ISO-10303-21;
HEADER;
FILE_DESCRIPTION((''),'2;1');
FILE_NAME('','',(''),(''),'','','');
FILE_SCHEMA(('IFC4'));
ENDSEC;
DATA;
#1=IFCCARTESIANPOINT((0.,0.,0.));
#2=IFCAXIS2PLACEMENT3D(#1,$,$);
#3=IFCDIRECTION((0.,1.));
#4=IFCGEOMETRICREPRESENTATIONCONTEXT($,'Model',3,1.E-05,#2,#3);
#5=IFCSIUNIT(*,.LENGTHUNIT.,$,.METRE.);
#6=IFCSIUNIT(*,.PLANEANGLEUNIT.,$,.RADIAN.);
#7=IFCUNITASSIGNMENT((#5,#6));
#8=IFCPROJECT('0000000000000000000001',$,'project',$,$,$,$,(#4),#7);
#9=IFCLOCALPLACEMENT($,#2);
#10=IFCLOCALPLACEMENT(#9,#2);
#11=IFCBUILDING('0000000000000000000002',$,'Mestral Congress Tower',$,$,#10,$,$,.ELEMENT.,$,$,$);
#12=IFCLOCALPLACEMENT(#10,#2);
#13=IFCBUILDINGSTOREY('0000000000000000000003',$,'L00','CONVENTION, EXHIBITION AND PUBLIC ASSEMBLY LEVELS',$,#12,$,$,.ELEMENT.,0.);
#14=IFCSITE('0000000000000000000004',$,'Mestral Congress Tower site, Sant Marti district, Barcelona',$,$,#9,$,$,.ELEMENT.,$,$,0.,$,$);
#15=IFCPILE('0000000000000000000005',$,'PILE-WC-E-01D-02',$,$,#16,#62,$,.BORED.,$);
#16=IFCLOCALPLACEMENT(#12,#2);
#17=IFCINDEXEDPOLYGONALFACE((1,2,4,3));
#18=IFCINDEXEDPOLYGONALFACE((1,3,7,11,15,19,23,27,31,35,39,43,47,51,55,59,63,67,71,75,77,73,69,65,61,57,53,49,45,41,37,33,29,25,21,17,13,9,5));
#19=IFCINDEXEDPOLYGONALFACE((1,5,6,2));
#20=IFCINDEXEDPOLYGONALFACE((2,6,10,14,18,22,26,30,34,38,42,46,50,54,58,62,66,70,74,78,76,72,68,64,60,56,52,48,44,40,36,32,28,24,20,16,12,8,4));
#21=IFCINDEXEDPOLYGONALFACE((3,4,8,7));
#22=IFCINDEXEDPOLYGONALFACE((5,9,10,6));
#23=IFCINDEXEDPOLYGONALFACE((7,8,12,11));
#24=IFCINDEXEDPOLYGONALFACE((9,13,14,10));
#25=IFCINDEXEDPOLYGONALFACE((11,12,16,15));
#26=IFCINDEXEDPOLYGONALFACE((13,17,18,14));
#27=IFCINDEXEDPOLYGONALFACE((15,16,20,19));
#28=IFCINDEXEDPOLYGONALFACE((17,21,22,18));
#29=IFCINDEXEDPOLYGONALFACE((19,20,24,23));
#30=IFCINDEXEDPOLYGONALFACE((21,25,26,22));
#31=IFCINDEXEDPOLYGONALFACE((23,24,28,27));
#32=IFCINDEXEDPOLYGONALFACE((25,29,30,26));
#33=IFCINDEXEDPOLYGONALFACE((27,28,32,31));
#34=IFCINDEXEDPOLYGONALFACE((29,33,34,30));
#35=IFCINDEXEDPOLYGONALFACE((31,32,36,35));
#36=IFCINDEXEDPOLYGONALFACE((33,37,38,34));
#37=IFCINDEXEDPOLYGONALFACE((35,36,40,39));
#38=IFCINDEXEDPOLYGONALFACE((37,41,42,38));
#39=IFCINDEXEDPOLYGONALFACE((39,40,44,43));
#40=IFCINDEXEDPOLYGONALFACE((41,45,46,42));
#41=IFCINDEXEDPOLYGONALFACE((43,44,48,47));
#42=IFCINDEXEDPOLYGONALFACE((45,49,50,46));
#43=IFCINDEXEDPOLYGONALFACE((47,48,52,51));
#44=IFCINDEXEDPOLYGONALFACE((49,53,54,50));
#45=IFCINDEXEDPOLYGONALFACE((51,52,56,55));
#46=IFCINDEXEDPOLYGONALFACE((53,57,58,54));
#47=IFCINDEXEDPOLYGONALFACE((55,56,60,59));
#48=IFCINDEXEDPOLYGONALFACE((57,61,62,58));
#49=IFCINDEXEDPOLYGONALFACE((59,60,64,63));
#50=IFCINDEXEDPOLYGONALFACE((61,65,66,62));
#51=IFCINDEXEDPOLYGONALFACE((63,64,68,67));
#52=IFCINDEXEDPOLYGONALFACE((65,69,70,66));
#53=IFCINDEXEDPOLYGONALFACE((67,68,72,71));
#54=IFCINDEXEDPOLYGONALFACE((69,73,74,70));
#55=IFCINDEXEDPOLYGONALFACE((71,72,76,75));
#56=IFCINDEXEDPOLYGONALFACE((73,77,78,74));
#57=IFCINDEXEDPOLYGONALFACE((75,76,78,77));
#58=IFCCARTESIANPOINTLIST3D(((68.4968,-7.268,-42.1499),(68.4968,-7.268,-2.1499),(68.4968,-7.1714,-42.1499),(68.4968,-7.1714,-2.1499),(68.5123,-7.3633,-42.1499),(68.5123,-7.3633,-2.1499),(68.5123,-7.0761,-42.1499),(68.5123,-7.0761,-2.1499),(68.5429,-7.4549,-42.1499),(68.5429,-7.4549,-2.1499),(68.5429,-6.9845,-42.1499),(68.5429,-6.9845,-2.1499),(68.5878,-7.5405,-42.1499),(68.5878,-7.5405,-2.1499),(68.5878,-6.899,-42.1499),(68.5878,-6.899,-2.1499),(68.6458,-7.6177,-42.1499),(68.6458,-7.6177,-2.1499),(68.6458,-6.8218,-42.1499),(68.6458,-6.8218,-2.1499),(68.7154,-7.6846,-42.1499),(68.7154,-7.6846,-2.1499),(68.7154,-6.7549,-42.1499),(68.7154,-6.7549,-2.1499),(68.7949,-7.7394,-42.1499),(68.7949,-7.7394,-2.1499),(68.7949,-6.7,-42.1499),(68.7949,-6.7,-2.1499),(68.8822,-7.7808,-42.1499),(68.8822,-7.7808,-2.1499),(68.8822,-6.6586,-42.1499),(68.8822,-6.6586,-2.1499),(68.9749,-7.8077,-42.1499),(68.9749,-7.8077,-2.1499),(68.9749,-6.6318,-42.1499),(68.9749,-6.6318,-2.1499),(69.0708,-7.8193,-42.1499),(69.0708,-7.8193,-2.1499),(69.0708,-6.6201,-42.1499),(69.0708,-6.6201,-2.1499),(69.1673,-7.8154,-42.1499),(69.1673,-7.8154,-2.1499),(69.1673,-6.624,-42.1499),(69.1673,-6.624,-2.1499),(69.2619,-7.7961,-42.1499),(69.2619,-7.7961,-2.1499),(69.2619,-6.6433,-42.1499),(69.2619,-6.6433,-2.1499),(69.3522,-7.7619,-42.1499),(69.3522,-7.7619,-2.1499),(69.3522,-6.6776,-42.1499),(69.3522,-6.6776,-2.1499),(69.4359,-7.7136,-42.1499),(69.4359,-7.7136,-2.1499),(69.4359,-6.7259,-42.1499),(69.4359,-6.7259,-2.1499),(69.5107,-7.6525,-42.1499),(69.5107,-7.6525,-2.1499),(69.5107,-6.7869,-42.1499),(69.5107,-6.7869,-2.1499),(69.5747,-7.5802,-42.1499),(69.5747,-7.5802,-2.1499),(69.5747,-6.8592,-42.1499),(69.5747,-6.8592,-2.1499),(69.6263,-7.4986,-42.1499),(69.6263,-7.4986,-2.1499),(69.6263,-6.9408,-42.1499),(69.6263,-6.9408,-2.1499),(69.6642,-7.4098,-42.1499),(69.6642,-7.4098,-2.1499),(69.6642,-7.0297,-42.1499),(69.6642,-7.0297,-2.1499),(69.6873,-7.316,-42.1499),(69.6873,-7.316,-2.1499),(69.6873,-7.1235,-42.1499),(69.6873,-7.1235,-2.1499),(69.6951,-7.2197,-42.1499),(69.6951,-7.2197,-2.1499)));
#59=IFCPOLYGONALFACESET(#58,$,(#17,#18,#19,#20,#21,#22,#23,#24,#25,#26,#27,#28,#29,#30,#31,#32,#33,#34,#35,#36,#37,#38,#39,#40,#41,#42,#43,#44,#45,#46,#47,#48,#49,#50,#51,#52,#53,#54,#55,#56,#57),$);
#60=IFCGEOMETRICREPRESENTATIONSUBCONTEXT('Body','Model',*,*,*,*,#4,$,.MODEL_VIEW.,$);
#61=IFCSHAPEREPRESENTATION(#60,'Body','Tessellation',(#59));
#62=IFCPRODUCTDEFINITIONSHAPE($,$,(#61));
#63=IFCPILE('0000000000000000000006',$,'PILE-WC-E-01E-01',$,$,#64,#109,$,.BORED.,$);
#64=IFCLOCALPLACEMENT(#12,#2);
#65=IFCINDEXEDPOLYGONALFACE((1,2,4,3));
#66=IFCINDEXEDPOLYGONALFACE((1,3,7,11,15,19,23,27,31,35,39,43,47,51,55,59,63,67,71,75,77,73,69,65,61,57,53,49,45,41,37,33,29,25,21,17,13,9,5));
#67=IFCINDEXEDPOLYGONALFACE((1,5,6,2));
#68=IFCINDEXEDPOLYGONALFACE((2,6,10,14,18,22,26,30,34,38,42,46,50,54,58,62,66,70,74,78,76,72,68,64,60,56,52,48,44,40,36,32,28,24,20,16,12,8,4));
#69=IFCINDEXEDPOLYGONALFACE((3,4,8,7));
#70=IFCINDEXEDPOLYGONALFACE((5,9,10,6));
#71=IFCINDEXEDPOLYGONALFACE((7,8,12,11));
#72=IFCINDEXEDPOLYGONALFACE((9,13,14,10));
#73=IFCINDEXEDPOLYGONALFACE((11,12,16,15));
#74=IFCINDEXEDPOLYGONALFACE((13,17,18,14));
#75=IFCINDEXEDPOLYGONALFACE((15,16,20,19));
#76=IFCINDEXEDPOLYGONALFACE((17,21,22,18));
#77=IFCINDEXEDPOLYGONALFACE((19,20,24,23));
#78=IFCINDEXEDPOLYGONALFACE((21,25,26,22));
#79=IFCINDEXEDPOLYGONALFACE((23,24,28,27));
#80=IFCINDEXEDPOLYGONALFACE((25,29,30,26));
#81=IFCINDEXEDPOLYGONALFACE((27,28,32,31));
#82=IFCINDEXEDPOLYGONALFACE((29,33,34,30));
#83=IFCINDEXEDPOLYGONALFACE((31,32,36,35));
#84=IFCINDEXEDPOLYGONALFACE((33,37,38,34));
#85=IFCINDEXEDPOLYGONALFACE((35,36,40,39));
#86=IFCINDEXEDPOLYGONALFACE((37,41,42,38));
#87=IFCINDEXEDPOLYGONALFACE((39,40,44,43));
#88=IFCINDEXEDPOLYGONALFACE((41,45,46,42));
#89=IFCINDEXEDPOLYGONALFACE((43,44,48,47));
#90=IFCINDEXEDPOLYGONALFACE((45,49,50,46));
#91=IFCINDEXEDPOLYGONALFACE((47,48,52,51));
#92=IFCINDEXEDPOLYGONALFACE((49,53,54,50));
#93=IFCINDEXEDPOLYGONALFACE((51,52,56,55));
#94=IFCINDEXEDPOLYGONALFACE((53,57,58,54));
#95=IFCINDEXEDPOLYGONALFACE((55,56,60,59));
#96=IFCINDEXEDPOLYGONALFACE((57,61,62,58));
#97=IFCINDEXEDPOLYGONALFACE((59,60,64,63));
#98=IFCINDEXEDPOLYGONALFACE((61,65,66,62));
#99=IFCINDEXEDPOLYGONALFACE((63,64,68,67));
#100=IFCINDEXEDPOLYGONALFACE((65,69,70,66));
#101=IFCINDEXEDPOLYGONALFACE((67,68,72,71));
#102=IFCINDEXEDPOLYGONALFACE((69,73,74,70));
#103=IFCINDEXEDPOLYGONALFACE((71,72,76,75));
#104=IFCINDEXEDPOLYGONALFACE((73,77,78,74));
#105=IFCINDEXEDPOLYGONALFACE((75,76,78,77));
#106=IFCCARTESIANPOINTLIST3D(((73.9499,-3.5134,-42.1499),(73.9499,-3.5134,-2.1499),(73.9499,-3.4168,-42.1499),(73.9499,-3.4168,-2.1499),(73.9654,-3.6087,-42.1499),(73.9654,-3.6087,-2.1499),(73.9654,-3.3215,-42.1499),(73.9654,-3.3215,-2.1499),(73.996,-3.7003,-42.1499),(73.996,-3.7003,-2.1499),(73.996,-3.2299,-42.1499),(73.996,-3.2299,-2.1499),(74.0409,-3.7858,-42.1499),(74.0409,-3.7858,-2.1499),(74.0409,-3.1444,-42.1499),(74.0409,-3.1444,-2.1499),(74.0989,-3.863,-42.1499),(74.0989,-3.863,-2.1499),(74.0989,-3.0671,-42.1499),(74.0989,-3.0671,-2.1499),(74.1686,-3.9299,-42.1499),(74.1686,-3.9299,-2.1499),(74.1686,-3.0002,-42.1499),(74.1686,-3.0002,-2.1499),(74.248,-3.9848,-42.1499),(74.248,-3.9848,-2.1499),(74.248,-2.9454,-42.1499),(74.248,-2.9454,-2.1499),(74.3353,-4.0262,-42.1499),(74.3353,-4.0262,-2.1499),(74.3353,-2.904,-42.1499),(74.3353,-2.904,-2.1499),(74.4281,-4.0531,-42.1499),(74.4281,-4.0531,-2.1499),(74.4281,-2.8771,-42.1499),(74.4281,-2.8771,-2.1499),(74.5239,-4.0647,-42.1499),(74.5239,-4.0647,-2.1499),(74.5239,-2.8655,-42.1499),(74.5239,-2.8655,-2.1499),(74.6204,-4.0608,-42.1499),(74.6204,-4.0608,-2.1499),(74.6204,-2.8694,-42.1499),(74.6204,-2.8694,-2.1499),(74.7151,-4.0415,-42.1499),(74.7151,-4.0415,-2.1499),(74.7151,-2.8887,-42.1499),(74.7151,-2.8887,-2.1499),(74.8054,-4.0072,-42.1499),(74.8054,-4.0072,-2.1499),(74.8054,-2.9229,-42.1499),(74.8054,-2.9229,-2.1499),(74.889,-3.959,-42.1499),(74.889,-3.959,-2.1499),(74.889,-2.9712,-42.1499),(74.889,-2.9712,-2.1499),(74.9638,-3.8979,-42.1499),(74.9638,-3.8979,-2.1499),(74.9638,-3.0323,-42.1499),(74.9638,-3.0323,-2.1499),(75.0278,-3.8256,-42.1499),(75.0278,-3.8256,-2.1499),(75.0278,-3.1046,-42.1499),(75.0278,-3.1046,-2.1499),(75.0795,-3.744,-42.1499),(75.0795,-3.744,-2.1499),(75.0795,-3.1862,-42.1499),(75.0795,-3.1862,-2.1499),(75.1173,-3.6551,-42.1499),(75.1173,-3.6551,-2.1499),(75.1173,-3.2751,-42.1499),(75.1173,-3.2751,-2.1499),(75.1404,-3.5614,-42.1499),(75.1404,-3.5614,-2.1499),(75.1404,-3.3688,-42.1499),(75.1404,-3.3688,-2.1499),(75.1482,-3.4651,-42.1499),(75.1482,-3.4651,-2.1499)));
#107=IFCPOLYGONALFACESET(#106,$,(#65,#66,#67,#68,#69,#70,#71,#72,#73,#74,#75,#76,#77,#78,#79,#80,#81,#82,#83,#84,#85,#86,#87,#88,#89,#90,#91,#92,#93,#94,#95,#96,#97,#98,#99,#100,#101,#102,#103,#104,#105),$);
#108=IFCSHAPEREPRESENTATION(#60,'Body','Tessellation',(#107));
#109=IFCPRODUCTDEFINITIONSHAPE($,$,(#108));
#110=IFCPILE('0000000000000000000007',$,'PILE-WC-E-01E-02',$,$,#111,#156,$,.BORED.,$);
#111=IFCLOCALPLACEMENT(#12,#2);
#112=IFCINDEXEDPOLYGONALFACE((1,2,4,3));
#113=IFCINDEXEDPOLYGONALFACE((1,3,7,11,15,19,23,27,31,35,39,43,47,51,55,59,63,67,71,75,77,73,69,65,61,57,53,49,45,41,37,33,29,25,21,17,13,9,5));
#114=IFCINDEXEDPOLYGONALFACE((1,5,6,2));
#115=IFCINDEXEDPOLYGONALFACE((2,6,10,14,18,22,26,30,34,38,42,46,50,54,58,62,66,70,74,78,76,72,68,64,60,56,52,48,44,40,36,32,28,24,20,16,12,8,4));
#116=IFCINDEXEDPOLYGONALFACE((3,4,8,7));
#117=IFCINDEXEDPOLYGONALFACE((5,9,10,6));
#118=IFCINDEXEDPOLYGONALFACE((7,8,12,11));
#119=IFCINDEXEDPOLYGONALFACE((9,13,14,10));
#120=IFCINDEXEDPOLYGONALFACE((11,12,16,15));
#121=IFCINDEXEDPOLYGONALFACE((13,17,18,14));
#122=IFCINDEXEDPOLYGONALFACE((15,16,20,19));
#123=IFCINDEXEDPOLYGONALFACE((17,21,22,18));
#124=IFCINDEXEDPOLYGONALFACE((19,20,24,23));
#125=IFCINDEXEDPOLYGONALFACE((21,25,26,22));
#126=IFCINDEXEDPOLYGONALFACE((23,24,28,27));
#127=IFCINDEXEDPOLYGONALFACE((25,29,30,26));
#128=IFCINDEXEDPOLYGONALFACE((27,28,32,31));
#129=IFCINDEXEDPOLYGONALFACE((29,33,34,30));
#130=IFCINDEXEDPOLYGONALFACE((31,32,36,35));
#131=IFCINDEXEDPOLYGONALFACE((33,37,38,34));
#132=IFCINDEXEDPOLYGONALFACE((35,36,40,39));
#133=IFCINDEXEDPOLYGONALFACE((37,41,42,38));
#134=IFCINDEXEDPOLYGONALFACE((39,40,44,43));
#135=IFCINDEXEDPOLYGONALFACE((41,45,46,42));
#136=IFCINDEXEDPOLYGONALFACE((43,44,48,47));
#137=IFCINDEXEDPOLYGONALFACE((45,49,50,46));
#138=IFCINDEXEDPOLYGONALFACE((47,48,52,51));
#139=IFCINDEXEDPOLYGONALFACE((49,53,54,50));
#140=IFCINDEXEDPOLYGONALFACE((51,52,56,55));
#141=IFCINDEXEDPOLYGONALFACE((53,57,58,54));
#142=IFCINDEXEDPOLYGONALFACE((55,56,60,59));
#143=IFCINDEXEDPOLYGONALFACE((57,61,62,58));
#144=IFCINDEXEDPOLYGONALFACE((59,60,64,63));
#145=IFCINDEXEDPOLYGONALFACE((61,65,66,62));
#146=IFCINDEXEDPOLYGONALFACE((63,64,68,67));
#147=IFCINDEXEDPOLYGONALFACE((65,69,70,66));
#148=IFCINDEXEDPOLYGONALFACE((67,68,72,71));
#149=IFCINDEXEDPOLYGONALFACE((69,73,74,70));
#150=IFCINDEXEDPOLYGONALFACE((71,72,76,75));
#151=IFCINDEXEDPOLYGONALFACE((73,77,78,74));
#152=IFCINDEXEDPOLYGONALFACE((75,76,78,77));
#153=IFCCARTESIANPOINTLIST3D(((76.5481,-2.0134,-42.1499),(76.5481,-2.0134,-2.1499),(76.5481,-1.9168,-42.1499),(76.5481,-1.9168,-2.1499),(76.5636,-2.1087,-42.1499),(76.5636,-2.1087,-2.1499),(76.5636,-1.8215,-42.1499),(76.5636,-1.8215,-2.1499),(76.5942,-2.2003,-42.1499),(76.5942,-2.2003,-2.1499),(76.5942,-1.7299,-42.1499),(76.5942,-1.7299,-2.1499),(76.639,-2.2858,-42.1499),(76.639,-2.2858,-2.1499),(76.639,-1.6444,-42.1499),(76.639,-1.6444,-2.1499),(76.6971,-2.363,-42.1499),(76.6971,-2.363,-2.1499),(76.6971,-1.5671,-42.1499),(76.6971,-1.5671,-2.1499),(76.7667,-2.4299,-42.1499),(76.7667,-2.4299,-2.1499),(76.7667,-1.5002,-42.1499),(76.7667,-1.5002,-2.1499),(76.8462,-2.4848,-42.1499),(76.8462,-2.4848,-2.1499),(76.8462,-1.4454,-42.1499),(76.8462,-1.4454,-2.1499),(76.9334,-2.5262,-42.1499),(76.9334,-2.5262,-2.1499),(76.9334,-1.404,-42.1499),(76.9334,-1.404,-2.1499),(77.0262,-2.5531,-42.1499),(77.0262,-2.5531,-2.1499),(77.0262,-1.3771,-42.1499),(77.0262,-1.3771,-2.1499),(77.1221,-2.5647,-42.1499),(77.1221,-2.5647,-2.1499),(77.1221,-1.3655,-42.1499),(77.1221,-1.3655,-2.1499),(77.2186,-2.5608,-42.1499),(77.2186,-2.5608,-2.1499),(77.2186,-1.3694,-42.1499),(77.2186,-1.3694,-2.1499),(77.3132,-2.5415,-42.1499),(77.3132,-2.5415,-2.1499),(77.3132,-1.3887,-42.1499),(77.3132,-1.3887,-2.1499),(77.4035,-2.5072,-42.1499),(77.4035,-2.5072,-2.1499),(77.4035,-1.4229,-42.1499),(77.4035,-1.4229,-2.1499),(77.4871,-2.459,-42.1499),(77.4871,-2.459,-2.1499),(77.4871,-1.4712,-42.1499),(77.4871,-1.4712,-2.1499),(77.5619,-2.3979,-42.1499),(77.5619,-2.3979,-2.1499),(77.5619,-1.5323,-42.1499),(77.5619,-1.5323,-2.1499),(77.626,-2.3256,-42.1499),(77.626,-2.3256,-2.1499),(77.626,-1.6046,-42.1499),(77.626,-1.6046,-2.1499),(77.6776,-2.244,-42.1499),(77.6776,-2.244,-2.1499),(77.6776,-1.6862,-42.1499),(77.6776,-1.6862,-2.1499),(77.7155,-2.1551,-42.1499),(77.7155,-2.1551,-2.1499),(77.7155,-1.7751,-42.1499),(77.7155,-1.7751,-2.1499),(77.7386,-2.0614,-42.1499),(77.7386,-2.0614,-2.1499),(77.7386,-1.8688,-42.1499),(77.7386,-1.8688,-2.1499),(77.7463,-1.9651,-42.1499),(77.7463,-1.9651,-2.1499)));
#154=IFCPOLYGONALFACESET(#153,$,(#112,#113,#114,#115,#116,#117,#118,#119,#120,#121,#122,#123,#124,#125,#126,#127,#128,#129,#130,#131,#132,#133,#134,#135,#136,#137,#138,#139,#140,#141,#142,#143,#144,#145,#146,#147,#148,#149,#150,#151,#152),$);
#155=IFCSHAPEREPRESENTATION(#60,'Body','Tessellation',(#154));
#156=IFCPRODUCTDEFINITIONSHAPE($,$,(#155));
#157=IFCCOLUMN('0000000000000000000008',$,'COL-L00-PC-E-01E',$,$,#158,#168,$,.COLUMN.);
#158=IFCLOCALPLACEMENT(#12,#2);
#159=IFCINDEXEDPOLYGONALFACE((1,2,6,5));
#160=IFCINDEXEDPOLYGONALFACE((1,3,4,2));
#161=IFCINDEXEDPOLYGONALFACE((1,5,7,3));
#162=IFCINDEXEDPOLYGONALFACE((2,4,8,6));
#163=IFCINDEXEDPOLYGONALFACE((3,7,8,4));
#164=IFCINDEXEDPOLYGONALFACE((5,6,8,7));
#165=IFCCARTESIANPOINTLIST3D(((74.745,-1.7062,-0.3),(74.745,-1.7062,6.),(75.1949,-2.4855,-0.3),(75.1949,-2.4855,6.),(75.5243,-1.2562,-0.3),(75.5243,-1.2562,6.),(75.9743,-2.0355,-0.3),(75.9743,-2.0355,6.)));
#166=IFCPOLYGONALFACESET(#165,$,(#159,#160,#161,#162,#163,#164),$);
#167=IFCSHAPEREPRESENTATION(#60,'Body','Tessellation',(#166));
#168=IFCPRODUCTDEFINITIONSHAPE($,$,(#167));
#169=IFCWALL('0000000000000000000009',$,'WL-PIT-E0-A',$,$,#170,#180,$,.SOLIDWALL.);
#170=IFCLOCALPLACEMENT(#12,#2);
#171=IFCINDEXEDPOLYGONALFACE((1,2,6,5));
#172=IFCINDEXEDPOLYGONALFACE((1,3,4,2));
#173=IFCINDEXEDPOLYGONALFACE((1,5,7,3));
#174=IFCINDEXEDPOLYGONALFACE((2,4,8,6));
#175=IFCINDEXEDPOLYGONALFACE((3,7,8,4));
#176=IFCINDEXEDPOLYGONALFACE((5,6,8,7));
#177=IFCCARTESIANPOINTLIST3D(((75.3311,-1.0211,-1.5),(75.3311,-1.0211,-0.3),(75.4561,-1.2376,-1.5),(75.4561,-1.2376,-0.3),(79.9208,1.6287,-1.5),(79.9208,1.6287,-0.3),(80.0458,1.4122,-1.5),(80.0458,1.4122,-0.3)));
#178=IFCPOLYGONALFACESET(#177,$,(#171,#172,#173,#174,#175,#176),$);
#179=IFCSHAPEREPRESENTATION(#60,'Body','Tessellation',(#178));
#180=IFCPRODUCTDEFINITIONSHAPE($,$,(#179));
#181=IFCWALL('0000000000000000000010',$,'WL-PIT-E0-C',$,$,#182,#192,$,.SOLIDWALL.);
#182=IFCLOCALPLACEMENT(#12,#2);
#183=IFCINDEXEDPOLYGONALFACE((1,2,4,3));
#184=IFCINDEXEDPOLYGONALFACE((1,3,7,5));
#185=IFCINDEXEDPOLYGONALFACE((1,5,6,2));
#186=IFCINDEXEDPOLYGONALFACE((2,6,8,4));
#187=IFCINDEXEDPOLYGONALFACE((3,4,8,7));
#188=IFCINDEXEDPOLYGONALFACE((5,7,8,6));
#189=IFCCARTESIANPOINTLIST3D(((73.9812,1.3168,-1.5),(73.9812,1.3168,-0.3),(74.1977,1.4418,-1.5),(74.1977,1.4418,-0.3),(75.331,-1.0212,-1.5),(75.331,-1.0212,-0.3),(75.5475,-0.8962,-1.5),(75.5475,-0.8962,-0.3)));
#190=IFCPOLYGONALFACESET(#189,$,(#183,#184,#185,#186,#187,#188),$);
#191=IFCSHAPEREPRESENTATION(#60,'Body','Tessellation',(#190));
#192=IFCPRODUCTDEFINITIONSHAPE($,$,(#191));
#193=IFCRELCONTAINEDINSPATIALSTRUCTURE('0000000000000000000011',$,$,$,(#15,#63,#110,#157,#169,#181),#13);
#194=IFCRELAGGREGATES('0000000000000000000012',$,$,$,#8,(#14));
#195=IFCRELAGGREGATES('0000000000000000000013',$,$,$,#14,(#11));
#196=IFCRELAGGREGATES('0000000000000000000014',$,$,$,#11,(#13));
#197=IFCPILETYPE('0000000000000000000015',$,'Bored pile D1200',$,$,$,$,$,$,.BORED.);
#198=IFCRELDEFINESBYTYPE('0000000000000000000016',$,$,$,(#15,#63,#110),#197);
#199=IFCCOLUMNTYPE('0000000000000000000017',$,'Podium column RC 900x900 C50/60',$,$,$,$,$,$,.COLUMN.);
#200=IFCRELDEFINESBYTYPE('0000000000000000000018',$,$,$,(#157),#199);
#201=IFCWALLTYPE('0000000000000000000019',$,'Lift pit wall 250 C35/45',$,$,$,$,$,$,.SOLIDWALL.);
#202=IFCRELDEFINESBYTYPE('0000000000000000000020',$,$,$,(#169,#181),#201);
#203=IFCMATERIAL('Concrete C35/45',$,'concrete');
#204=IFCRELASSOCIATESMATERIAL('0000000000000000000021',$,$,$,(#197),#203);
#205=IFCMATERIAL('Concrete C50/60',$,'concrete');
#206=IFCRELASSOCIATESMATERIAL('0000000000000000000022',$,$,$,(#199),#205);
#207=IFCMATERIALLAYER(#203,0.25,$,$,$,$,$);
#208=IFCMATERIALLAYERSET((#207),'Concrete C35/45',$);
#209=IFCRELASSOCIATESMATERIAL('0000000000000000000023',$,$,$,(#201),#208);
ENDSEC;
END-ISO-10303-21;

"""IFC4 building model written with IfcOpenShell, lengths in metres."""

from ifc_helpers import new_model, si_unit, direction, frame, frame_2d, origin, origin_2d, place, context, subcontext, project, spatial, rectangle, circle, extrude, material, layer, layer_set, material_profile, profile_set, type_object, element, save


model = new_model("IFC4")

# Units and contexts
model_context = context("Model", 3, precision=1e-05, world=origin(), true_north=direction((0.0, 1.0)))
body_context = subcontext(model_context, "Body", "Model", "MODEL_VIEW")
ifc_project = project(units=[si_unit("LENGTHUNIT", "METRE"), si_unit("PLANEANGLEUNIT", "RADIAN")], contexts=[model_context])

# Site, building, storey
site_placement = place(None, origin())
site = spatial("IfcSite", under=ifc_project, at=site_placement, Name="Mestral Congress Tower site, Sant Marti district, Barcelona", CompositionType="ELEMENT", RefElevation=0.0)
building_placement = place(site_placement, origin())
building = spatial("IfcBuilding", under=site, at=building_placement, Name="Mestral Congress Tower", CompositionType="ELEMENT")
storey_placement = place(building_placement, origin())
storey = spatial("IfcBuildingStorey", under=building, at=storey_placement, Name="L00", Description="CONVENTION, EXHIBITION AND PUBLIC ASSEMBLY LEVELS", CompositionType="ELEMENT", Elevation=0.0)

# Piles
ifc_material_1 = material(Name="Concrete C35/45", Category="concrete")
ifc_material_profile_1 = material_profile(ifc_material_1, circle(Radius=0.6001, at=origin_2d()), Name="D1200")
ifc_profile_set_1 = profile_set([ifc_material_profile_1], Name="Concrete C35/45")
pile_type = type_object("IfcPileType", Name="Bored pile D1200", PredefinedType="BORED", material=ifc_profile_set_1)
for number, where, z_axis, x_axis, name in (
    (1, (69.095, -7.2197, -2.1499), (0.0, 0.0, -1.0), (1.0, 0.0, 0.0), "PILE-WC-E-01D-02"),
    (2, (74.5481, -3.4651, -2.1499), (0.0, 0.0, -1.0), (1.0, 0.0, 0.0), "PILE-WC-E-01E-01"),
    (3, (77.1462, -1.9651, -2.1499), (0.0, 0.0, -1.0), (1.0, 0.0, 0.0), "PILE-WC-E-01E-02"),
):
    element("IfcPile", number, at=place(storey_placement, frame(where, z_axis=z_axis, x_axis=x_axis)), inside=storey, type_object=pile_type, Name=name, PredefinedType="BORED", context=body_context, shape_type="SweptSolid", body=[
        extrude(circle(Radius=0.6001, at=origin_2d()), origin(), (0.0, 0.0, 1.0), 40.0),
    ])

# Column
ifc_material_2 = material(Name="Concrete C50/60", Category="concrete")
ifc_material_profile_2 = material_profile(ifc_material_2, rectangle(XDim=0.8999, YDim=0.8999, at=origin_2d()), Name="RC 900x900")
ifc_profile_set_2 = profile_set([ifc_material_profile_2], Name="Concrete C50/60")
column_type = type_object("IfcColumnType", Name="Podium column RC 900x900 C50/60", PredefinedType="COLUMN", material=ifc_profile_set_2)
column_placement = place(storey_placement, frame((75.3596, -1.8708, -0.3), z_axis=(0.0, 0.0, 1.0), x_axis=(-0.5, 0.866025, 0.0)))
element("IfcColumn", 4, at=column_placement, inside=storey, type_object=column_type, Name="COL-L00-PC-E-01E", PredefinedType="COLUMN", context=body_context, shape_type="SweptSolid", body=[
    extrude(rectangle(XDim=0.8999, YDim=0.8999, at=origin_2d()), origin(), (0.0, 0.0, 1.0), 6.3),
])

# Walls
ifc_layer_1 = layer(ifc_material_1, 0.25)
ifc_layer_set_1 = layer_set([ifc_layer_1], Name="Concrete C35/45")
wall_type_1 = type_object("IfcWallType", Name="Lift pit wall 250 C35/45", PredefinedType="SOLIDWALL", material=ifc_layer_set_1)
wall_1_placement = place(storey_placement, frame((75.3936, -1.1294, -1.5), z_axis=(0.0, 0.0, 1.0), x_axis=(0.866029, 0.499994, 0.0)))
element("IfcWall", 5, at=wall_1_placement, inside=storey, type_object=wall_type_1, Name="WL-PIT-E0-A", PredefinedType="SOLIDWALL", context=body_context, shape_type="SweptSolid", body=[
    extrude(rectangle(XDim=5.2998, YDim=0.25, at=frame_2d((2.6499, 0.0))), origin(), (0.0, 0.0, 1.0), 1.2),
])
wall_2_placement = place(storey_placement, frame((75.4392, -0.9587, -1.5), z_axis=(0.0, 0.0, 1.0), x_axis=(-0.499981, 0.866037, 0.0)))
element("IfcWall", 6, at=wall_2_placement, inside=storey, type_object=wall_type_1, Name="WL-PIT-E0-C", PredefinedType="SOLIDWALL", context=body_context, shape_type="SweptSolid", body=[
    extrude(rectangle(XDim=2.6997, YDim=0.25, at=frame_2d((1.3499, 0.0))), origin(), (0.0, 0.0, 1.0), 1.2),
])

save(model, "model.ifc")
